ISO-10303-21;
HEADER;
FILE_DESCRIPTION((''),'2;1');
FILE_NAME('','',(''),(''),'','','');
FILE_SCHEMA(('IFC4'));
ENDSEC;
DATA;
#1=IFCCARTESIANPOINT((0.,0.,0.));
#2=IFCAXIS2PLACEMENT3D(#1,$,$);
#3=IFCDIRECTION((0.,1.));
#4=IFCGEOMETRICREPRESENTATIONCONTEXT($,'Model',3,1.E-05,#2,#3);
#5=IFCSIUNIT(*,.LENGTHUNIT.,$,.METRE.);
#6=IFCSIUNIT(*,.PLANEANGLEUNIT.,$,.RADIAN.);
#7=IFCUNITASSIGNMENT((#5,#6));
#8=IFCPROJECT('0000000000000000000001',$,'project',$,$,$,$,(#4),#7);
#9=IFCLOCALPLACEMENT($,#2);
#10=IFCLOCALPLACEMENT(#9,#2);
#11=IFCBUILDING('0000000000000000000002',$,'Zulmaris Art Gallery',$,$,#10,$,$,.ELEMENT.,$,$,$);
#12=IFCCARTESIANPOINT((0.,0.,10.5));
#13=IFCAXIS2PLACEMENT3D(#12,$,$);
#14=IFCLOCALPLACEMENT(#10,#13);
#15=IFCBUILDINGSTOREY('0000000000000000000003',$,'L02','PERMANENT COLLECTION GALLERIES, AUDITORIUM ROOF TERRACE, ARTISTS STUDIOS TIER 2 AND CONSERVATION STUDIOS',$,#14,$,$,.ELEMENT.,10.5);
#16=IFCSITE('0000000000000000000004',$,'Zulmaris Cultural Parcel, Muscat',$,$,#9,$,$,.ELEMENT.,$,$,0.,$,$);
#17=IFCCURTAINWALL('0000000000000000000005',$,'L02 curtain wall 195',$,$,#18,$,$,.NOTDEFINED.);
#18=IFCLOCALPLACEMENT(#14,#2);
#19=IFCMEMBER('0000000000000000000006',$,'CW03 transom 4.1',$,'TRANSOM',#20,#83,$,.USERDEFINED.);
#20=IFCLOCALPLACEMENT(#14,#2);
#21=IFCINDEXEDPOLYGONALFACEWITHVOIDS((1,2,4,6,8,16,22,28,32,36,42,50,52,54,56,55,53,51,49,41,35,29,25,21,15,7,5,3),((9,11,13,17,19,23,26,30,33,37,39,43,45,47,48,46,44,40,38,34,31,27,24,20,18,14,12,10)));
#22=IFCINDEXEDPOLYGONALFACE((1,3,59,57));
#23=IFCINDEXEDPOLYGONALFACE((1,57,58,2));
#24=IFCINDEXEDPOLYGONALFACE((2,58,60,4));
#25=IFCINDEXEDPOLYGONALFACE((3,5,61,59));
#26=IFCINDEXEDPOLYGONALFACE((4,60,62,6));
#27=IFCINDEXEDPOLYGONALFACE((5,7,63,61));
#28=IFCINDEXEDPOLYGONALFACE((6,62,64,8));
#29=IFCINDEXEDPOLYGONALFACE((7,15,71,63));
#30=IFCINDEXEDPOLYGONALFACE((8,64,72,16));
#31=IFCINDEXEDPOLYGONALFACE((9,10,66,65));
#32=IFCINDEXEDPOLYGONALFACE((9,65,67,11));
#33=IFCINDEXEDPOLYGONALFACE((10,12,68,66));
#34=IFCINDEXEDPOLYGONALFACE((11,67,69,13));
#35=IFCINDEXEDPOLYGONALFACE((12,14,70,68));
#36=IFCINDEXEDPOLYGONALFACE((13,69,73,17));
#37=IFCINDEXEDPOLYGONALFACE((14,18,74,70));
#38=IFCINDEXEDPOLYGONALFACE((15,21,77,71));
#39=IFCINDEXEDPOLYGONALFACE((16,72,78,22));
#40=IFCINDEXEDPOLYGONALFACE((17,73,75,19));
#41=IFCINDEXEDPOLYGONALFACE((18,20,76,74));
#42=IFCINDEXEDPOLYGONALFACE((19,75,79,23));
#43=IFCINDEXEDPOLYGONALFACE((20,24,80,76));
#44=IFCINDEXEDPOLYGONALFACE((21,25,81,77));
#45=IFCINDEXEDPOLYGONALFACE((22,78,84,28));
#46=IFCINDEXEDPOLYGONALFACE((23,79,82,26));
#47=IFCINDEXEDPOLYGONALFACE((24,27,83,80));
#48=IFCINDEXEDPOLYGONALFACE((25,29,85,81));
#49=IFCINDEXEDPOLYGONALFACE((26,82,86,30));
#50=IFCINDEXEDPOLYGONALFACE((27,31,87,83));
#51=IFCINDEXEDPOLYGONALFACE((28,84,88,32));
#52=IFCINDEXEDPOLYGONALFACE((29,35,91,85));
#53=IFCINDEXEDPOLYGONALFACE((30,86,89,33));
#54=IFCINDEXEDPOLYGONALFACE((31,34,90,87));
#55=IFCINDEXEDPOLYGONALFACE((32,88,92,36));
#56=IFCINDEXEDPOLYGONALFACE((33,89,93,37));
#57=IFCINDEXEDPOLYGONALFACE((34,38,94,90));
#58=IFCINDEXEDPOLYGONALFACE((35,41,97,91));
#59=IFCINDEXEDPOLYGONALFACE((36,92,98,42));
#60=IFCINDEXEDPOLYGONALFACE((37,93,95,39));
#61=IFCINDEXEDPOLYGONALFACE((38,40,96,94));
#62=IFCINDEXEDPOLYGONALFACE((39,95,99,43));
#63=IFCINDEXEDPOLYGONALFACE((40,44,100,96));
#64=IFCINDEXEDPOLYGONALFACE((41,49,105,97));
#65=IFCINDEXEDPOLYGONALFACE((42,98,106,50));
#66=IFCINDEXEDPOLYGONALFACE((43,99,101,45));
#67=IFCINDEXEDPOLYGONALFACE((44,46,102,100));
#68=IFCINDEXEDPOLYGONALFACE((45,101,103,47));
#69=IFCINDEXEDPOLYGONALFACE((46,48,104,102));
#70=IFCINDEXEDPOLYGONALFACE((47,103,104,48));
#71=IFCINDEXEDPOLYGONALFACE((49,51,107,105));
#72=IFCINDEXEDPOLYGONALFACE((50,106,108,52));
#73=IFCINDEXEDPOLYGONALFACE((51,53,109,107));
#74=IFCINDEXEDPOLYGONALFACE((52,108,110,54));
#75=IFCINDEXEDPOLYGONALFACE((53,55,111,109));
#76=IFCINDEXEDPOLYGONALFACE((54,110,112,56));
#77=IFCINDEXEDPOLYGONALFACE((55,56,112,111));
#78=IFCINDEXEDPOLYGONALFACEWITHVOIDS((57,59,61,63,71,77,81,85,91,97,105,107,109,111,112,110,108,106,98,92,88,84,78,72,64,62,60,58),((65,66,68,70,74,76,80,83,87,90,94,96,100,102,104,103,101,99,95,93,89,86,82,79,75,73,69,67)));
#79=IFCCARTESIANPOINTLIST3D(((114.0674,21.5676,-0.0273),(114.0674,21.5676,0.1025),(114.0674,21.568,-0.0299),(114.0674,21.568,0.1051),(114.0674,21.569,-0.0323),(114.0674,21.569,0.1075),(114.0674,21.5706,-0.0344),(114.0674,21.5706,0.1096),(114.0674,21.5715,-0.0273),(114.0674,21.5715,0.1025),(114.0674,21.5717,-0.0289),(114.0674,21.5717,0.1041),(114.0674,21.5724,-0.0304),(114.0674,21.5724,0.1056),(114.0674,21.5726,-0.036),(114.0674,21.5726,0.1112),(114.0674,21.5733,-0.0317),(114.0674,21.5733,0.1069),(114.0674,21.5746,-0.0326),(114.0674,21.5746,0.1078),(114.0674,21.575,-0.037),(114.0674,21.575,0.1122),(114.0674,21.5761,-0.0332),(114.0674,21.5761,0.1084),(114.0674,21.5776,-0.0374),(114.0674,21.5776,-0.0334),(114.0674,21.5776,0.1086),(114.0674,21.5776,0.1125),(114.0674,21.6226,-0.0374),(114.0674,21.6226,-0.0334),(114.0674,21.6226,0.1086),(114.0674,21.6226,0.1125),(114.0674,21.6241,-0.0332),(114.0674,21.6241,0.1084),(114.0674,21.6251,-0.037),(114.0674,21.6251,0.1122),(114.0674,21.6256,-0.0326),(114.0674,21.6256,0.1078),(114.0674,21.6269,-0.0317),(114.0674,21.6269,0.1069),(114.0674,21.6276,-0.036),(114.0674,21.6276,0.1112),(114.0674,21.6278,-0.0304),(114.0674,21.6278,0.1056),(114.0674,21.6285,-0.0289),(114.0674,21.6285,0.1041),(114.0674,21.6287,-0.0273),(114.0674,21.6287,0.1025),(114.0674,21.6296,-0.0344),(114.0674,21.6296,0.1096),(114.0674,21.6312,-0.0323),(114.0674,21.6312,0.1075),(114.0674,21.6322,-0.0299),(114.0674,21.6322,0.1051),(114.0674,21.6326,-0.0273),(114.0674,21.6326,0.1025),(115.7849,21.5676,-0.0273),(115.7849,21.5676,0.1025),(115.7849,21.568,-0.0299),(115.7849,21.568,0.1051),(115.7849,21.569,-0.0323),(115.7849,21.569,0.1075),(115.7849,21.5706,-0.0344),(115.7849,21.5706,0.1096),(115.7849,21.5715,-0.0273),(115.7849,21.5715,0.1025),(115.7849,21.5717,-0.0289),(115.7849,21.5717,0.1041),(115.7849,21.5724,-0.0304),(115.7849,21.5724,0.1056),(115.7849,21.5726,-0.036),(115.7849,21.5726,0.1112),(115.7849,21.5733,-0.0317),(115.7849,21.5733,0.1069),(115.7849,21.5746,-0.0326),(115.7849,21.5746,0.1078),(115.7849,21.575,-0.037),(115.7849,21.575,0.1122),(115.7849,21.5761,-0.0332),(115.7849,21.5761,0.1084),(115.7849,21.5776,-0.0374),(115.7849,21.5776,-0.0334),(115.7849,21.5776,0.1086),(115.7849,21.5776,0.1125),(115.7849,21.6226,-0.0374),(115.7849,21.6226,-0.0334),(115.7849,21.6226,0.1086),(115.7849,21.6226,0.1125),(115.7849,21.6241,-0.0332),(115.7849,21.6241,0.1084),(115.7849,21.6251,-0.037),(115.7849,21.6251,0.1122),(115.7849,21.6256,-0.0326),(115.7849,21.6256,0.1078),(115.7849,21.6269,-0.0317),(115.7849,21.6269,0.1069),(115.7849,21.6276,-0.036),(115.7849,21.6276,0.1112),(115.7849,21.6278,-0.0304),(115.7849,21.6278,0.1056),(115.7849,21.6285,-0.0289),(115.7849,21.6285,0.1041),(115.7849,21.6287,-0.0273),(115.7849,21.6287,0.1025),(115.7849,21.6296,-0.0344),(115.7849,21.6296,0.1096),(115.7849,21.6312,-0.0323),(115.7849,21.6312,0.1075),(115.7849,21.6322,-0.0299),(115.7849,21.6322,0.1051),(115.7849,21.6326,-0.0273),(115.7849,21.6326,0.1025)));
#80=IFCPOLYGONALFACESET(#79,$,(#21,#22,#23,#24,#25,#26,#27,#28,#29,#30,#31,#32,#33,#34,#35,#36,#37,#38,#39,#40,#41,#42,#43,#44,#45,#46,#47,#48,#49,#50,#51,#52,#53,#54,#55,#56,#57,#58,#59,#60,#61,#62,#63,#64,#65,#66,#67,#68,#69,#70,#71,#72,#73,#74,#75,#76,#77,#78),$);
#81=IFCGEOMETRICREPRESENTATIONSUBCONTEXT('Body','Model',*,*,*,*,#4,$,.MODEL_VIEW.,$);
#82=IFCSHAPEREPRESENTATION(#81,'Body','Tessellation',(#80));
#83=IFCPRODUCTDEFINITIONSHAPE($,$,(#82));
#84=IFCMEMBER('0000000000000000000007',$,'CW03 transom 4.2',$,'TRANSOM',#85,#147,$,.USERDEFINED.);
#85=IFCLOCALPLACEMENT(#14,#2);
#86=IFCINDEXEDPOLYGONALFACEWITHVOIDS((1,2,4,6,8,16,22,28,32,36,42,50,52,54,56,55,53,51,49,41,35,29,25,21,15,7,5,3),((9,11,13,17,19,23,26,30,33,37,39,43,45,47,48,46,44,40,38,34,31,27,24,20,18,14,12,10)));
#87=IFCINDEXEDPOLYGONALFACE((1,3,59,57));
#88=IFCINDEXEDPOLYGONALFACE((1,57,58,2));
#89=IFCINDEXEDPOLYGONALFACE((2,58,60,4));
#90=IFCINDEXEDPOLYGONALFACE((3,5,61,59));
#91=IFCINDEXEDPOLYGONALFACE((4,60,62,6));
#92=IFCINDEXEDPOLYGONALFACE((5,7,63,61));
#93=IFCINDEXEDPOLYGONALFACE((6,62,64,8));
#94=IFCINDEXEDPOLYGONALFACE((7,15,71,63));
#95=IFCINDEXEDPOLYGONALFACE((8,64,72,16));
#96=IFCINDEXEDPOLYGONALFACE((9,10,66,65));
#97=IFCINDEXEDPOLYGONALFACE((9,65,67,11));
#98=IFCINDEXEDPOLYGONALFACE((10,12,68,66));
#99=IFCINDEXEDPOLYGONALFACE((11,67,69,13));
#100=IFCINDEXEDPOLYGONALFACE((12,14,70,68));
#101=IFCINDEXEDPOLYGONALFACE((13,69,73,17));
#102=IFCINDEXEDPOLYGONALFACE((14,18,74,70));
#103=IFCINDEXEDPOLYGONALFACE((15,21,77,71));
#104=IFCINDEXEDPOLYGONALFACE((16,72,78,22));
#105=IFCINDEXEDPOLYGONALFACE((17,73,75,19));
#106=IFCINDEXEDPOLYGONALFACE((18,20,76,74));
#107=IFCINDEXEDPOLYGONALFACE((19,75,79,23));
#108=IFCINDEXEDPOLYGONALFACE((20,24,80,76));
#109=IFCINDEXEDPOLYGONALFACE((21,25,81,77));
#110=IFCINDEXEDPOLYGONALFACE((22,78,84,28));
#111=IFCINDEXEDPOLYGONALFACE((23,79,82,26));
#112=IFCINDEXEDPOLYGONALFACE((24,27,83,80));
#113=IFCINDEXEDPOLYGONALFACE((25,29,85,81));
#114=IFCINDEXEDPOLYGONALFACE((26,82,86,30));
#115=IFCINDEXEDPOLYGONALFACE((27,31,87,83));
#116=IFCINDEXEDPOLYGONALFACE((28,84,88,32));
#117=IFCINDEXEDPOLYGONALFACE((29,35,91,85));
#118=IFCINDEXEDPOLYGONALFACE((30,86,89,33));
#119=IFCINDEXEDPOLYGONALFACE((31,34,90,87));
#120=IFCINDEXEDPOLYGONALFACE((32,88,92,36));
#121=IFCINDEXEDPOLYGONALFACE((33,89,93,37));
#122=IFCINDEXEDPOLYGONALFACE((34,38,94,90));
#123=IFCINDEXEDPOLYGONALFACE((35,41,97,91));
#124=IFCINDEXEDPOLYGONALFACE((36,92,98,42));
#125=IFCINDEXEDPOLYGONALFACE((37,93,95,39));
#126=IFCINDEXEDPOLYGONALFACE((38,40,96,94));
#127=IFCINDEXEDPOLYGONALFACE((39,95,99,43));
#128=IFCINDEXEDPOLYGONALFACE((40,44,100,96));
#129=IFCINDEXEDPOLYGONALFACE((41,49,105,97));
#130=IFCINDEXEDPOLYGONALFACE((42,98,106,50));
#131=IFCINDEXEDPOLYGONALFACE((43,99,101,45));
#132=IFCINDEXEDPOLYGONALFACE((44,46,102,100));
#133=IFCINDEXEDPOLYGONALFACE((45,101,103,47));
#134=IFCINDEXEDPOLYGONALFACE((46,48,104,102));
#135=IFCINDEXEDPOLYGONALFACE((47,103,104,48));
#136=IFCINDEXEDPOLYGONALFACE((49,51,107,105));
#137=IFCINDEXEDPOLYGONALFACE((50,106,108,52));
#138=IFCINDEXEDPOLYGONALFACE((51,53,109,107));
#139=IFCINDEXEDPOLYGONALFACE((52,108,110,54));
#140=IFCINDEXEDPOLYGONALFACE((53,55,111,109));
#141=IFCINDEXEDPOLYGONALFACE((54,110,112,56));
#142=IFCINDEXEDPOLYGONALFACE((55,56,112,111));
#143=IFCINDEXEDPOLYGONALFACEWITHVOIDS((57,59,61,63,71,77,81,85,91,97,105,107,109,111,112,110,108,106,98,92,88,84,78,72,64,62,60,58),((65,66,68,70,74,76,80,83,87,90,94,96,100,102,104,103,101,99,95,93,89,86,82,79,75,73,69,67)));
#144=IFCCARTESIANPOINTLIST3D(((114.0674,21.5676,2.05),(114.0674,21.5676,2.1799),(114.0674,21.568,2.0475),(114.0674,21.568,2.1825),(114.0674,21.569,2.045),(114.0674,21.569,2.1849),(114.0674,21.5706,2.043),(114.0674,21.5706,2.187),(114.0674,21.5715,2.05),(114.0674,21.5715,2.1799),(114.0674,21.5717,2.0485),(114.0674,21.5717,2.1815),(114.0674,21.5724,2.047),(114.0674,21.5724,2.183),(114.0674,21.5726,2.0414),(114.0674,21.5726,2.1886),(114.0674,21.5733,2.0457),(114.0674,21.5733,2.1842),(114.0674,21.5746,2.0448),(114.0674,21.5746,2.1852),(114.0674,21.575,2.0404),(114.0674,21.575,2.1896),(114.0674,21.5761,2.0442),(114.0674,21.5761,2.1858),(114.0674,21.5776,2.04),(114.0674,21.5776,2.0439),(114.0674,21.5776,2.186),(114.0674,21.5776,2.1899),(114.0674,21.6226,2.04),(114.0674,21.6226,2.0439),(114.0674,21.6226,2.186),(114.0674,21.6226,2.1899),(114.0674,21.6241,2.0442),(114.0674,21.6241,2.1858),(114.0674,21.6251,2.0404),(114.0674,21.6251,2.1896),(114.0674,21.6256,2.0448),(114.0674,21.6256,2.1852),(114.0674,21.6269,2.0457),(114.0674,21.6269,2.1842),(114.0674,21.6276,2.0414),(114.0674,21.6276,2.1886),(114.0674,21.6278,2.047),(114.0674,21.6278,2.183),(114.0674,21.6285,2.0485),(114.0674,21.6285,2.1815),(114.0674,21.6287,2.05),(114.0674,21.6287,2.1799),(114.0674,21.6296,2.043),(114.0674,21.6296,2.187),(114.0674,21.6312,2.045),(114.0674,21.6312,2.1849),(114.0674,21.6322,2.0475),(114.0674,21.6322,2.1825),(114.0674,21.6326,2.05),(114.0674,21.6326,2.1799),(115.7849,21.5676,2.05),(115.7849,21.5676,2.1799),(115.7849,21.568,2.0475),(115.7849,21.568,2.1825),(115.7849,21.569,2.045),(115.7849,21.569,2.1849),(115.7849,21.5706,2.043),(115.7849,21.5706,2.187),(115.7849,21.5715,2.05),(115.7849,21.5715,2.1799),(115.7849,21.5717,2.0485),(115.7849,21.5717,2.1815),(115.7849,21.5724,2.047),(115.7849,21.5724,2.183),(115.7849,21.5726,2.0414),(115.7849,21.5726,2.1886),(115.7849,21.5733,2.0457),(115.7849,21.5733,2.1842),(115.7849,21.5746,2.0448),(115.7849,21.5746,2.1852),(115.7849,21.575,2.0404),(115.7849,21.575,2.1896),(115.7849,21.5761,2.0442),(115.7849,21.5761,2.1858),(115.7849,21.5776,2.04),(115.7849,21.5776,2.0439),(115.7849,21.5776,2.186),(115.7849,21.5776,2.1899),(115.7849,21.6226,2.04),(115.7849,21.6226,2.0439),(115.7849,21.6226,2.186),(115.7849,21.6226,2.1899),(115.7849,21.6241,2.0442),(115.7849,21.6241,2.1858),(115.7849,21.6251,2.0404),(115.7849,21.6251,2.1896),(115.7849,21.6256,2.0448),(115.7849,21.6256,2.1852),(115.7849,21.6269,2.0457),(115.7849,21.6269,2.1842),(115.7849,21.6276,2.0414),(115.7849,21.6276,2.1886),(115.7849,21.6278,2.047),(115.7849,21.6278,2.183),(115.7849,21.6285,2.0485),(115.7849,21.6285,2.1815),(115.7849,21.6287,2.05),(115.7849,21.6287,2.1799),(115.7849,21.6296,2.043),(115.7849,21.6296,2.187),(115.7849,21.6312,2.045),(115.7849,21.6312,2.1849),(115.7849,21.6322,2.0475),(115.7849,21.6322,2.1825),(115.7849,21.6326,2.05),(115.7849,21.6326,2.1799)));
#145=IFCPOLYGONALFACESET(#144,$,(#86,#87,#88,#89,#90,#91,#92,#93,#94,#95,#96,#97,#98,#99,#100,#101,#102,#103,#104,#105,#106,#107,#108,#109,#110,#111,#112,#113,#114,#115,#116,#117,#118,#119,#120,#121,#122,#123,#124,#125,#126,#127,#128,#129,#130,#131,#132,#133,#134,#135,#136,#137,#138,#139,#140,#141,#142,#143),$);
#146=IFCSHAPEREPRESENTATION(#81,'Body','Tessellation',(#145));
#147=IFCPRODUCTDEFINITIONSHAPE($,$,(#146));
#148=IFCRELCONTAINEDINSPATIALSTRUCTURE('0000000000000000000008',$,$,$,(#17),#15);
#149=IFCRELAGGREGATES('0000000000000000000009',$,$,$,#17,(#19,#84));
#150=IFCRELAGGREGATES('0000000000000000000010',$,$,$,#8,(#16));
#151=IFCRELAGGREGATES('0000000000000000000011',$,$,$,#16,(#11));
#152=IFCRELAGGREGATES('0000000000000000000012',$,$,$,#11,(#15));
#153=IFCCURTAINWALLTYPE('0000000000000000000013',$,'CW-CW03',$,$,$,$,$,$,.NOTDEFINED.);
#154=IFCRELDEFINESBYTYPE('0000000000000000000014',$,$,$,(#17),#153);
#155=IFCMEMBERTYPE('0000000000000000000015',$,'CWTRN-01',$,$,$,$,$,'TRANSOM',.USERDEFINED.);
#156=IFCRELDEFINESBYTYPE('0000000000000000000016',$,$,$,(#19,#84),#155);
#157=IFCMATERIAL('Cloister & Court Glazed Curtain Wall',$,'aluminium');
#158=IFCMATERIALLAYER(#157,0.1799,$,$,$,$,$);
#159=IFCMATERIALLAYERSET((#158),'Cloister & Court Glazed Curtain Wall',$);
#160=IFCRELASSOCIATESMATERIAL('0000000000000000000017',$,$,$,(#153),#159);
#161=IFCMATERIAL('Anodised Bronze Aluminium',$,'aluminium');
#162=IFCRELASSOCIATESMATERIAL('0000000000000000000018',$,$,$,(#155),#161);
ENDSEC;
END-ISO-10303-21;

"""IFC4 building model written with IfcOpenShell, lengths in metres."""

from ifc_helpers import new_model, si_unit, direction, frame, origin, origin_2d, place, context, subcontext, project, spatial, hollow_rectangle, extrude, material, layer, layer_set, material_profile, profile_set, type_object, element, aggregate, save


model = new_model("IFC4")

# Units and contexts
model_context = context("Model", 3, precision=1e-05, world=origin(), true_north=direction((0.0, 1.0)))
body_context = subcontext(model_context, "Body", "Model", "MODEL_VIEW")
ifc_project = project(units=[si_unit("LENGTHUNIT", "METRE"), si_unit("PLANEANGLEUNIT", "RADIAN")], contexts=[model_context])

# Site, building, storey
site_placement = place(None, origin())
site = spatial("IfcSite", under=ifc_project, at=site_placement, Name="Zulmaris Cultural Parcel, Muscat", CompositionType="ELEMENT", RefElevation=0.0)
building_placement = place(site_placement, origin())
building = spatial("IfcBuilding", under=site, at=building_placement, Name="Zulmaris Art Gallery", CompositionType="ELEMENT")
storey_placement = place(building_placement, frame((0.0, 0.0, 10.5)))
storey = spatial("IfcBuildingStorey", under=building, at=storey_placement, Name="L02", Description="PERMANENT COLLECTION GALLERIES, AUDITORIUM ROOF TERRACE, ARTISTS STUDIOS TIER 2 AND CONSERVATION STUDIOS", CompositionType="ELEMENT", Elevation=10.5)

# Curtain wall
ifc_material_1 = material(Name="Cloister & Court Glazed Curtain Wall", Category="aluminium")
ifc_layer_1 = layer(ifc_material_1, 0.1799)
ifc_layer_set_1 = layer_set([ifc_layer_1], Name="Cloister & Court Glazed Curtain Wall")
curtain_wall_type = type_object("IfcCurtainWallType", Name="CW-CW03", PredefinedType="NOTDEFINED", material=ifc_layer_set_1)
ifc_material_2 = material(Name="Anodised Bronze Aluminium", Category="aluminium")
curtain_wall_1_placement = place(storey_placement, origin())
curtain_wall_1 = element("IfcCurtainWall", 1, at=curtain_wall_1_placement, inside=storey, type_object=curtain_wall_type, Name="L02 curtain wall 195", PredefinedType="NOTDEFINED")

# Members
ifc_material_profile_1 = material_profile(ifc_material_2, hollow_rectangle(XDim=0.0649, YDim=0.1499, WallThickness=0.0039, InnerFilletRadius=0.0061, OuterFilletRadius=0.01, at=origin_2d()), Name="ALU 65x150x4")
ifc_profile_set_1 = profile_set([ifc_material_profile_1], Name="Anodised Bronze Aluminium")
member_type_1 = type_object("IfcMemberType", Name="CWTRN-01", ElementType="TRANSOM", PredefinedType="USERDEFINED", material=ifc_profile_set_1)
member_1_placement = place(storey_placement, frame((114.0674, 21.6001, 0.0376), z_axis=(1.0, 0.0, 0.0), x_axis=(0.0, 1.0, 0.0)))
member_1 = element("IfcMember", 2, at=member_1_placement, type_object=member_type_1, Name="CW03 transom 4.1", ObjectType="TRANSOM", PredefinedType="USERDEFINED", context=body_context, shape_type="SweptSolid", body=[
    extrude(hollow_rectangle(XDim=0.0649, YDim=0.1499, WallThickness=0.0039, InnerFilletRadius=0.0061, OuterFilletRadius=0.01, at=origin_2d()), origin(), (0.0, 0.0, 1.0), 1.7175),
])
member_2_placement = place(storey_placement, frame((114.0674, 21.6001, 2.115), z_axis=(1.0, 0.0, 0.0), x_axis=(0.0, 1.0, 0.0)))
member_2 = element("IfcMember", 3, at=member_2_placement, type_object=member_type_1, Name="CW03 transom 4.2", ObjectType="TRANSOM", PredefinedType="USERDEFINED", context=body_context, shape_type="SweptSolid", body=[
    extrude(hollow_rectangle(XDim=0.0649, YDim=0.1499, WallThickness=0.0039, InnerFilletRadius=0.0061, OuterFilletRadius=0.01, at=origin_2d()), origin(), (0.0, 0.0, 1.0), 1.7175),
])

aggregate(curtain_wall_1, [member_1, member_2])

save(model, "model.ifc")
